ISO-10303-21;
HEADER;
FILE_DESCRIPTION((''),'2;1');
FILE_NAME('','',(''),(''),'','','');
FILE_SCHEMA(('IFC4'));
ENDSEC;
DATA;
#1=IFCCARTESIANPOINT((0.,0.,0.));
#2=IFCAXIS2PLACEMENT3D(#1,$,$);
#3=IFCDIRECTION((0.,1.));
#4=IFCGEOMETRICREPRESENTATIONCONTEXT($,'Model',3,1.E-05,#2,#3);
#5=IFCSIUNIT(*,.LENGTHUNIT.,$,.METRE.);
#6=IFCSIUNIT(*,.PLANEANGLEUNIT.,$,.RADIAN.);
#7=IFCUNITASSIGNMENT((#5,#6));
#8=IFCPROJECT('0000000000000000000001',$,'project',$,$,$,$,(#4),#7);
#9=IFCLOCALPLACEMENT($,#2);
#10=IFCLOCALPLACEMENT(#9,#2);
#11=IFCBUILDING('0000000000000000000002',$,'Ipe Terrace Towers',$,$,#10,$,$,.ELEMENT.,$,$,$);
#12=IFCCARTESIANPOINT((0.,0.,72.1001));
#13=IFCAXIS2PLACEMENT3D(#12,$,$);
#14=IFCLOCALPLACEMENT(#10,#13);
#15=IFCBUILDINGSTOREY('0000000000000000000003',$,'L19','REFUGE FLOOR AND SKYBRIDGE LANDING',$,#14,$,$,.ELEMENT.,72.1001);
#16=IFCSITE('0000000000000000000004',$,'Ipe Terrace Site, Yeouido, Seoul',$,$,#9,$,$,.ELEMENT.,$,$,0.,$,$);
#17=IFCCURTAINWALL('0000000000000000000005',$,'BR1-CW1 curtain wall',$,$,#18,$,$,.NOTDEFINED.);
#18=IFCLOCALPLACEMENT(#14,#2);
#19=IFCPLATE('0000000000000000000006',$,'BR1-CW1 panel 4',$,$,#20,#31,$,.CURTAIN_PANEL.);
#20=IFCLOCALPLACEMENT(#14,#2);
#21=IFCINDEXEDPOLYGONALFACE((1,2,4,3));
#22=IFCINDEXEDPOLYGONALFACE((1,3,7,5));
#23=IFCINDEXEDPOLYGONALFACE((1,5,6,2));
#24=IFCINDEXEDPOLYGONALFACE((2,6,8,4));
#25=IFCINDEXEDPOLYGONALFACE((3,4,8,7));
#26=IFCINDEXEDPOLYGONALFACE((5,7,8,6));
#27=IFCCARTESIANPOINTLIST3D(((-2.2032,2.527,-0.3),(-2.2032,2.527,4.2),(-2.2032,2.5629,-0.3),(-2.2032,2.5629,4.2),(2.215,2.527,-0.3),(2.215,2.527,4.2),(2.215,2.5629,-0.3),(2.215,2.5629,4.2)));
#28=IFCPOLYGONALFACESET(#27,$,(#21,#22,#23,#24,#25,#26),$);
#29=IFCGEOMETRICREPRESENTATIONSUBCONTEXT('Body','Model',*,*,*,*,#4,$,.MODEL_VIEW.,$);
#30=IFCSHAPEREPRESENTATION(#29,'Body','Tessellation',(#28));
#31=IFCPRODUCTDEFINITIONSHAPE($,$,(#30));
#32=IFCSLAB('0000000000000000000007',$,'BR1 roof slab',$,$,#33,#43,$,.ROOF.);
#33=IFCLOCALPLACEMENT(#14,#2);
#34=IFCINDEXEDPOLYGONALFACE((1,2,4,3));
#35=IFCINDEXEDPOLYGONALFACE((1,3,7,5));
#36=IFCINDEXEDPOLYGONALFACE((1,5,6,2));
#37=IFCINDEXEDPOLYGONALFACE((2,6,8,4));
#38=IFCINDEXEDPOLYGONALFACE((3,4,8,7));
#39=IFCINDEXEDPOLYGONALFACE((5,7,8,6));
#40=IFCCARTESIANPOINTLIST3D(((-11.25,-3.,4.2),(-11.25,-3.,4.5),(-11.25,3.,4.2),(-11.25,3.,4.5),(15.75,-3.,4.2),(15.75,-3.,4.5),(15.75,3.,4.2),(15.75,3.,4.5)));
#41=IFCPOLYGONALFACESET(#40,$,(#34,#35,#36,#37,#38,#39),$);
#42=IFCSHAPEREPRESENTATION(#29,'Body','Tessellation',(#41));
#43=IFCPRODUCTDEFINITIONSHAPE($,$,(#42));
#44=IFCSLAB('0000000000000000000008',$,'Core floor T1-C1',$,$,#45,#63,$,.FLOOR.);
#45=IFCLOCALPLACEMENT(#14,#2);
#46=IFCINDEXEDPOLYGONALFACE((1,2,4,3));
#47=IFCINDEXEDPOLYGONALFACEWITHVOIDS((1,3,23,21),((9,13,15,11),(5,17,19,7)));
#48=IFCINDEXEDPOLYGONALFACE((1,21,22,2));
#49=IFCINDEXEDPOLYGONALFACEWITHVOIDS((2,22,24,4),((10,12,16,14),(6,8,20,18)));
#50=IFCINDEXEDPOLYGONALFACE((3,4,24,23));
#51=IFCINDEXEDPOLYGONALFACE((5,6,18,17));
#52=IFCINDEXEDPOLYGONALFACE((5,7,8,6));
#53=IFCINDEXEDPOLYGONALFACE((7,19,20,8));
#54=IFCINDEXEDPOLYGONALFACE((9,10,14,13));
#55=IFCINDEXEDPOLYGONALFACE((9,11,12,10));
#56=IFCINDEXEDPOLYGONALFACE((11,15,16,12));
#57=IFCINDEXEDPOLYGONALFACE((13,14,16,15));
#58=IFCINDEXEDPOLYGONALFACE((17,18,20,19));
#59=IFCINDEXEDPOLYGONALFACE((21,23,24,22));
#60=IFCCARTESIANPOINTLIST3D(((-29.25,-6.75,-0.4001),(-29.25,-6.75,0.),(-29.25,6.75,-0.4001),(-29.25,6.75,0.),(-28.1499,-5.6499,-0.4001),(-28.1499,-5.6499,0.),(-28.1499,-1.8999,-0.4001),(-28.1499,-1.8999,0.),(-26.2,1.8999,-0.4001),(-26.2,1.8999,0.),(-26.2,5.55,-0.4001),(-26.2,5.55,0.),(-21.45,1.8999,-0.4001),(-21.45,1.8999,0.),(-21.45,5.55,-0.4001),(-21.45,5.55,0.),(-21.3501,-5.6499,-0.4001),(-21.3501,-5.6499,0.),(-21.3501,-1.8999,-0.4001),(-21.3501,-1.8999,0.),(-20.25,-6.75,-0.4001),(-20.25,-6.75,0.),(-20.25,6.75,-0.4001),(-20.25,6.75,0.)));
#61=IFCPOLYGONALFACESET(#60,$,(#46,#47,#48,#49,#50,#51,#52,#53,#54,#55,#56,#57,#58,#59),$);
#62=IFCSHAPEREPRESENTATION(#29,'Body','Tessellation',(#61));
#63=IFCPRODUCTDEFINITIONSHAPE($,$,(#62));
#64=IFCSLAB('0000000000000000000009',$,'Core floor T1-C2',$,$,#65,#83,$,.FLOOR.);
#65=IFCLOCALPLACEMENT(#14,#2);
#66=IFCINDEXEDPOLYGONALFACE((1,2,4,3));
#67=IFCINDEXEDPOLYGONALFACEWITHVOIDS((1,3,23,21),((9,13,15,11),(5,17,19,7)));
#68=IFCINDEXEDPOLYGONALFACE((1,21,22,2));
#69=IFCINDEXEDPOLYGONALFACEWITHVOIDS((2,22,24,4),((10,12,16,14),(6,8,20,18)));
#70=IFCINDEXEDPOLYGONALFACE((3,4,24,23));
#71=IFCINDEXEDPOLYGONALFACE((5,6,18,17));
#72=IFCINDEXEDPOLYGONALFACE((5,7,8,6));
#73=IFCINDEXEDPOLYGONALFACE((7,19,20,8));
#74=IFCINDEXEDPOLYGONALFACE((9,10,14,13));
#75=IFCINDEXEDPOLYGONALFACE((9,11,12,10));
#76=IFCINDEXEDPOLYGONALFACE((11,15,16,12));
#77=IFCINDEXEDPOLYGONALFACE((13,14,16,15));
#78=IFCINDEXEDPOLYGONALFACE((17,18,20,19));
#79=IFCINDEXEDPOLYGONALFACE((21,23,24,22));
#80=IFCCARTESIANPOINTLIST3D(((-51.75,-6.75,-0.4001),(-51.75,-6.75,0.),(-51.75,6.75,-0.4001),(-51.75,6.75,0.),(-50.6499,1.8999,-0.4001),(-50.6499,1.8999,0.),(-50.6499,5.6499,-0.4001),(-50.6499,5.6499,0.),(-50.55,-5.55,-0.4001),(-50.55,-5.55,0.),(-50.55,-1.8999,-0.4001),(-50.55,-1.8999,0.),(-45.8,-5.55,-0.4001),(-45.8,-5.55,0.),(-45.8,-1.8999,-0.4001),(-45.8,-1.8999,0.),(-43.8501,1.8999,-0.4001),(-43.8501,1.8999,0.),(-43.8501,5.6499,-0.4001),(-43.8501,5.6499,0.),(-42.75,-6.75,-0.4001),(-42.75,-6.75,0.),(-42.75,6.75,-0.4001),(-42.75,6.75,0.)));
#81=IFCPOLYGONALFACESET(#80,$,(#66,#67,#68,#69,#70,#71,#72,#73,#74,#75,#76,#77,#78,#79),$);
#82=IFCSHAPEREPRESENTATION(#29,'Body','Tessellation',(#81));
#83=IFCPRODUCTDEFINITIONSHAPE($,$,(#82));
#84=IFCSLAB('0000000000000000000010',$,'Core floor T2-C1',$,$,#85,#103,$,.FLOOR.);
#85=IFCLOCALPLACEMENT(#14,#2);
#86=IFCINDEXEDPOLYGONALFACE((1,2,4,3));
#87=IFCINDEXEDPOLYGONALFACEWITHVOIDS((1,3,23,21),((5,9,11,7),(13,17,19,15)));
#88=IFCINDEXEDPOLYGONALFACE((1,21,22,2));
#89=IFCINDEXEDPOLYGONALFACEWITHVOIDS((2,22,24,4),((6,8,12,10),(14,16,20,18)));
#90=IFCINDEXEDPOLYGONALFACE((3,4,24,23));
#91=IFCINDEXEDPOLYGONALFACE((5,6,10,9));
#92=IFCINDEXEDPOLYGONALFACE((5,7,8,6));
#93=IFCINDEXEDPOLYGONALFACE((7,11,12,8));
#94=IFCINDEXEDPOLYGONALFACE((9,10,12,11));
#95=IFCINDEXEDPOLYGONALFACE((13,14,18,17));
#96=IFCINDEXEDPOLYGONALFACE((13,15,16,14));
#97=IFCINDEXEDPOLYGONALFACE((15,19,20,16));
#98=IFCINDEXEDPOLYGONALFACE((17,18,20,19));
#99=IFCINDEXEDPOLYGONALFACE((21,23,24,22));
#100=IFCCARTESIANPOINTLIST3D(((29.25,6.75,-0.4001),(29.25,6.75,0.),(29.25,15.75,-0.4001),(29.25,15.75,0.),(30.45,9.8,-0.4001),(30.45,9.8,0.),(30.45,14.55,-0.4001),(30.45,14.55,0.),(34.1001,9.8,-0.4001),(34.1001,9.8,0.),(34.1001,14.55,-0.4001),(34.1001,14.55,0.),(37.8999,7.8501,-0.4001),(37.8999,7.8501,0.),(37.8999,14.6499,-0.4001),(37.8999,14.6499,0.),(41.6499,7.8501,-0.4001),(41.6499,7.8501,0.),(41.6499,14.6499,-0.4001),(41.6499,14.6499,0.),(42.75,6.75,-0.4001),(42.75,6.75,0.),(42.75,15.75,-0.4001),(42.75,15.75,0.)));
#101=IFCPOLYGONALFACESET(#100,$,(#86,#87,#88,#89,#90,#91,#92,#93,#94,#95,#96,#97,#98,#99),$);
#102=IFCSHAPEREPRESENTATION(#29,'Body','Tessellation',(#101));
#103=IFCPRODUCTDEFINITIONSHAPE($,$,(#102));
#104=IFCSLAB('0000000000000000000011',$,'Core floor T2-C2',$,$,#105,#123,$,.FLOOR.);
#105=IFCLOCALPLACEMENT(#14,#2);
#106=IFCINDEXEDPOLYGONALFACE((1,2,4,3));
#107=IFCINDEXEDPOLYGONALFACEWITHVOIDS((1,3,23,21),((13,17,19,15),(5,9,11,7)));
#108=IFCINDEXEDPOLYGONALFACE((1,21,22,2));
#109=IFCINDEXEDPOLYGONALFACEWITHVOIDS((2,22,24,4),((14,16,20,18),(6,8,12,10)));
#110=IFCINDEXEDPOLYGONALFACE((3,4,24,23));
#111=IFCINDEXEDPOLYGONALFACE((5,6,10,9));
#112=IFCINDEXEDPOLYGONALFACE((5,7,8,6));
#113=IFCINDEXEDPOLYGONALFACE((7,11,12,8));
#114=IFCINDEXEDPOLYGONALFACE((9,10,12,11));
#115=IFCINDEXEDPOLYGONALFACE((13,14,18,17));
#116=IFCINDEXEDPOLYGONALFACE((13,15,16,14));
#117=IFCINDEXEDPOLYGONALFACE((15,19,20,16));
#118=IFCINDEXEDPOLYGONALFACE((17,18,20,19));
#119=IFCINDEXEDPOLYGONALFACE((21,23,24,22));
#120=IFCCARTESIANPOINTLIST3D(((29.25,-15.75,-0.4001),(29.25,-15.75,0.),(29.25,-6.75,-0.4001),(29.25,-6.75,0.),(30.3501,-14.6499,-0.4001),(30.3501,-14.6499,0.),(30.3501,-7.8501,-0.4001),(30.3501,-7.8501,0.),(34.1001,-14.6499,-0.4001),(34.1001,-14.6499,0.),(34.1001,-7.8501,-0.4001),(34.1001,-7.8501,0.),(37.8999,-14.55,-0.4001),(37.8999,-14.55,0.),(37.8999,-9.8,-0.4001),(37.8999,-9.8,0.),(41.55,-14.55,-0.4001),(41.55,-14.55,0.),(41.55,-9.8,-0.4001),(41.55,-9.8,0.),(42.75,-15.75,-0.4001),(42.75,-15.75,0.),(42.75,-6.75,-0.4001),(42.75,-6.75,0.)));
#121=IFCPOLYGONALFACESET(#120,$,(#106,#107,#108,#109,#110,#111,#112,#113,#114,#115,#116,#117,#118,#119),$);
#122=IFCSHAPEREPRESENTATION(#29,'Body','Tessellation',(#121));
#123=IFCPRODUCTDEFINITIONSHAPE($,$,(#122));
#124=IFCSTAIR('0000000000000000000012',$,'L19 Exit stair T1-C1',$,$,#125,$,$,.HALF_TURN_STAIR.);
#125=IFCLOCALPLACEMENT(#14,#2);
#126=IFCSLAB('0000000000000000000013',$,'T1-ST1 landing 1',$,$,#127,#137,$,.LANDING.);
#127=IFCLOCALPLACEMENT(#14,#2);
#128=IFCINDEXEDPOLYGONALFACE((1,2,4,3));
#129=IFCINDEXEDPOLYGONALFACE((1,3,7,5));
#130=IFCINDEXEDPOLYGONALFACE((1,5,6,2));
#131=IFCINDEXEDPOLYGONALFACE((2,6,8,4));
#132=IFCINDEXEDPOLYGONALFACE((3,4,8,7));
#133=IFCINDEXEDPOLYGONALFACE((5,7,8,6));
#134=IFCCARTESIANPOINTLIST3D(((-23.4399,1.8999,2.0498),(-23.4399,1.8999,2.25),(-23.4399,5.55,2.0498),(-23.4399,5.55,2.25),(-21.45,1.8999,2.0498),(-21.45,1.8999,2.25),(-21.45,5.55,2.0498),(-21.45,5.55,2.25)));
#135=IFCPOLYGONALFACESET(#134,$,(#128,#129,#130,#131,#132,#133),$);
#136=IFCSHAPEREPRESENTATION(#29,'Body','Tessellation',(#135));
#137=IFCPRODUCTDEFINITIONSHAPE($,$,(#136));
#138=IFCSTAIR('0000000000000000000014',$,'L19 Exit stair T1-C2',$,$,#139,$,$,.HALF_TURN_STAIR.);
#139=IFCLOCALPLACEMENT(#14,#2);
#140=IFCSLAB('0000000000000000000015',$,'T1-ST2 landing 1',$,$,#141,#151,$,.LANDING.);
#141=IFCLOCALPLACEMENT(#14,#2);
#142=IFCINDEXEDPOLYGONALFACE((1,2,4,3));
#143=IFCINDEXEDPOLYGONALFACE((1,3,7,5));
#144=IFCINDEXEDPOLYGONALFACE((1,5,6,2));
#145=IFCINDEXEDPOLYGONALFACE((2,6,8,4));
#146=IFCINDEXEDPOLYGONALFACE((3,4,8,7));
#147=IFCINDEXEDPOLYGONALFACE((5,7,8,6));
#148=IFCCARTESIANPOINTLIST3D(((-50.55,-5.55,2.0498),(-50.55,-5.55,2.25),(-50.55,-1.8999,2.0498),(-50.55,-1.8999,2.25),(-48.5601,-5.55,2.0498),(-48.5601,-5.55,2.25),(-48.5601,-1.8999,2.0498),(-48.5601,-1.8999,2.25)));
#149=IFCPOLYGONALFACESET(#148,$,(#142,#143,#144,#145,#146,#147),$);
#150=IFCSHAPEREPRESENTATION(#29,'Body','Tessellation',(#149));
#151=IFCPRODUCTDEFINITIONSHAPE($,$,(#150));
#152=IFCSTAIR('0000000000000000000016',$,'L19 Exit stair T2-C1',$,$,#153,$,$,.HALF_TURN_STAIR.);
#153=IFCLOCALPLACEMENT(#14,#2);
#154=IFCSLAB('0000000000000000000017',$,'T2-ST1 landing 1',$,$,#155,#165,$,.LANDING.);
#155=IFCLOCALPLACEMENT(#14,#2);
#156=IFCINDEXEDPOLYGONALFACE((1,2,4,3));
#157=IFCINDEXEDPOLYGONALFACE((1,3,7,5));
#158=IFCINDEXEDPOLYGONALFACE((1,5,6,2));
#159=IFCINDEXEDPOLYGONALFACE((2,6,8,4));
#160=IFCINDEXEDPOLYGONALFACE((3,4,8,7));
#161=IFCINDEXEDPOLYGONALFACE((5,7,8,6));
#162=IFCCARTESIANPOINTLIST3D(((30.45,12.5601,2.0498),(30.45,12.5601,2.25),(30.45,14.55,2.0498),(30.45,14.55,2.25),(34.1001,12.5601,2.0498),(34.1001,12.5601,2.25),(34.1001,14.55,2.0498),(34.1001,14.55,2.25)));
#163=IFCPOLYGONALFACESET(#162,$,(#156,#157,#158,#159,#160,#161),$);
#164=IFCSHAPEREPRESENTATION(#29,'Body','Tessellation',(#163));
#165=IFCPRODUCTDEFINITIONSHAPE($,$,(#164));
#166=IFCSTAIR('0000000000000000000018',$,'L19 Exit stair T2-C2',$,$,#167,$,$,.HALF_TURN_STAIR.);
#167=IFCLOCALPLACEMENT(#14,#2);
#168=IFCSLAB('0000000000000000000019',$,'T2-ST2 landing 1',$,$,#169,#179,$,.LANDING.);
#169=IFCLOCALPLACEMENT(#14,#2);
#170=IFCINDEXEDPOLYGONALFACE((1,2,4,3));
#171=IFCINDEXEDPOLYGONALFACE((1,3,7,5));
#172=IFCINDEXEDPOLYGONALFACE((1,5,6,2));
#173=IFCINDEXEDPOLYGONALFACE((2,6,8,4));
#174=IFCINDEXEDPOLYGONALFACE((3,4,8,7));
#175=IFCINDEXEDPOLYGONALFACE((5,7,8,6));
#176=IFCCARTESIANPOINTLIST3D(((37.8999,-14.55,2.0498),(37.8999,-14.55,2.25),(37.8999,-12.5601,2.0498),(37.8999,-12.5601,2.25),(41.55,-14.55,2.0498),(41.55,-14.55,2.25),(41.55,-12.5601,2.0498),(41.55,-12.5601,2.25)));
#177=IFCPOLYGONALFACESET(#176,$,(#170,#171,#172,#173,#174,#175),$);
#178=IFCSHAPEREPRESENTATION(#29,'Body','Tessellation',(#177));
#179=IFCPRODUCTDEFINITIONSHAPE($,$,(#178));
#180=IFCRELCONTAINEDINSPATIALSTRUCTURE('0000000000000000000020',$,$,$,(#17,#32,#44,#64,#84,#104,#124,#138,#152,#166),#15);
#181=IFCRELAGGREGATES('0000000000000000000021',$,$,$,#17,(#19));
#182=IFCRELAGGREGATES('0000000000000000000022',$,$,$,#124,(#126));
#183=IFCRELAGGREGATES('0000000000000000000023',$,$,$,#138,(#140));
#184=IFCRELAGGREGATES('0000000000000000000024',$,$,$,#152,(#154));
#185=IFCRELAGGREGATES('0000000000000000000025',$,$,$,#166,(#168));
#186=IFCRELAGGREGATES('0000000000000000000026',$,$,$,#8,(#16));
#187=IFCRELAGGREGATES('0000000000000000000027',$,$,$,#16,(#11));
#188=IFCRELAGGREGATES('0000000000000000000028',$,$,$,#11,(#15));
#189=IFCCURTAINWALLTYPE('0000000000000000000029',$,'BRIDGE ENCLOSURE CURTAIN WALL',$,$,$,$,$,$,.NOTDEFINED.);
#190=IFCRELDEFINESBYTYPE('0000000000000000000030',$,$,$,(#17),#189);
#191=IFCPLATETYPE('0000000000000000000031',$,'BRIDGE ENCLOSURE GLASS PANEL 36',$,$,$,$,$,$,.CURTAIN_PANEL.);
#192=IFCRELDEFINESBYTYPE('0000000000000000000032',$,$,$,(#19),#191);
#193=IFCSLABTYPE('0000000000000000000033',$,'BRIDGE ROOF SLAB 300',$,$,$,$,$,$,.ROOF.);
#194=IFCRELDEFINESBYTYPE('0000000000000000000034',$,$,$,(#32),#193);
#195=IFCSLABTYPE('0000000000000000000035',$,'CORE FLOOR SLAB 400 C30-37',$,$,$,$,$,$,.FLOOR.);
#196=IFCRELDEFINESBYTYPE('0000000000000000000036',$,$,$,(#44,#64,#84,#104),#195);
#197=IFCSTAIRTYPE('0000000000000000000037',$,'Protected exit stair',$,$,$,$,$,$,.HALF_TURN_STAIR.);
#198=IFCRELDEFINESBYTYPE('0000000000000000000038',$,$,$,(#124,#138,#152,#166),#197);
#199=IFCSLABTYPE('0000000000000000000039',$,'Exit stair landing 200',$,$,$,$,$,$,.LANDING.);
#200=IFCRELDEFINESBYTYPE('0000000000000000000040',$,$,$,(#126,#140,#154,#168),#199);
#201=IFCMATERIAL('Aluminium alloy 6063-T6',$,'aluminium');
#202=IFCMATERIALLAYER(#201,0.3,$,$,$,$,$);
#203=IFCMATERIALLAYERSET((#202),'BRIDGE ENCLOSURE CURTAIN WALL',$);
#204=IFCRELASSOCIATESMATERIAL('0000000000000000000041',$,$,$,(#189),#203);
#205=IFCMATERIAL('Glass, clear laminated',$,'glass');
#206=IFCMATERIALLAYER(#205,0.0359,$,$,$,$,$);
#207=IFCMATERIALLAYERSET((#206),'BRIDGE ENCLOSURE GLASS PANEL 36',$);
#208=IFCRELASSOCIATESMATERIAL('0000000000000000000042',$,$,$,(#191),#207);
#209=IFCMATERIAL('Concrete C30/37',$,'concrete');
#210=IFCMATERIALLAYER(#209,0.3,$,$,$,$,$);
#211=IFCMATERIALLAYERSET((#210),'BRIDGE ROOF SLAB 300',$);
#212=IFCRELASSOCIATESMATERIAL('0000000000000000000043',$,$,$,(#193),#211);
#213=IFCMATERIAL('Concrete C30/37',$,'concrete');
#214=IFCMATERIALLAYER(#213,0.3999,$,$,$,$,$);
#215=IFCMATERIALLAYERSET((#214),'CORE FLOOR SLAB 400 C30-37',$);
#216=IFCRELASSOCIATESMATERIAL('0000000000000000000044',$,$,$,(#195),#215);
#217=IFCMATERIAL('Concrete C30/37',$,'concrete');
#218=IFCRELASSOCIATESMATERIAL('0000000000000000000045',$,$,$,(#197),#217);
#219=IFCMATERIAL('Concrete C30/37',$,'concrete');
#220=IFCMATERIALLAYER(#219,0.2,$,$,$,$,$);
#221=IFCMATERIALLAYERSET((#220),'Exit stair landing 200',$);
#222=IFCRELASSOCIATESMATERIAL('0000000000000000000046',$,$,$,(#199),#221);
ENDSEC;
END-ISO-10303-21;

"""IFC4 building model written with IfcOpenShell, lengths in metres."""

from ifc_helpers import new_model, si_unit, direction, frame, origin, origin_2d, place, context, subcontext, project, spatial, polyline, rectangle, outline, extrude, material, layer, layer_set, type_object, element, aggregate, save


model = new_model("IFC4")

# Units and contexts
model_context = context("Model", 3, precision=1e-05, world=origin(), true_north=direction((0.0, 1.0)))
body_context = subcontext(model_context, "Body", "Model", "MODEL_VIEW")
ifc_project = project(units=[si_unit("LENGTHUNIT", "METRE"), si_unit("PLANEANGLEUNIT", "RADIAN")], contexts=[model_context])

# Site, building, storey
site_placement = place(None, origin())
site = spatial("IfcSite", under=ifc_project, at=site_placement, Name="Ipe Terrace Site, Yeouido, Seoul", CompositionType="ELEMENT", RefElevation=0.0)
building_placement = place(site_placement, origin())
building = spatial("IfcBuilding", under=site, at=building_placement, Name="Ipe Terrace Towers", CompositionType="ELEMENT")
storey_placement = place(building_placement, frame((0.0, 0.0, 72.1001)))
storey = spatial("IfcBuildingStorey", under=building, at=storey_placement, Name="L19", Description="REFUGE FLOOR AND SKYBRIDGE LANDING", CompositionType="ELEMENT", Elevation=72.1001)

# Curtain wall
ifc_material_1 = material(Name="Aluminium alloy 6063-T6", Category="aluminium")
ifc_layer_1 = layer(ifc_material_1, 0.3)
ifc_layer_set_1 = layer_set([ifc_layer_1], Name="BRIDGE ENCLOSURE CURTAIN WALL")
curtain_wall_type = type_object("IfcCurtainWallType", Name="BRIDGE ENCLOSURE CURTAIN WALL", PredefinedType="NOTDEFINED", material=ifc_layer_set_1)
curtain_wall_placement = place(storey_placement, origin())
curtain_wall = element("IfcCurtainWall", 1, at=curtain_wall_placement, inside=storey, type_object=curtain_wall_type, Name="BR1-CW1 curtain wall", PredefinedType="NOTDEFINED")

# Plate
ifc_material_2 = material(Name="Glass, clear laminated", Category="glass")
ifc_layer_2 = layer(ifc_material_2, 0.0359)
ifc_layer_set_2 = layer_set([ifc_layer_2], Name="BRIDGE ENCLOSURE GLASS PANEL 36")
plate_type = type_object("IfcPlateType", Name="BRIDGE ENCLOSURE GLASS PANEL 36", PredefinedType="CURTAIN_PANEL", material=ifc_layer_set_2)
plate_placement = place(storey_placement, frame((0.0059, 2.5449, -0.3), z_axis=(0.0, 0.0, 1.0), x_axis=(-1.0, 0.0, 0.0)))
plate = element("IfcPlate", 2, at=plate_placement, type_object=plate_type, Name="BR1-CW1 panel 4", PredefinedType="CURTAIN_PANEL", context=body_context, shape_type="SweptSolid", body=[
    extrude(rectangle(XDim=4.4182, YDim=0.0359, at=origin_2d()), origin(), (0.0, 0.0, 1.0), 4.5),
])
aggregate(curtain_wall, [plate])

# Slabs
ifc_material_3 = material(Name="Concrete C30/37", Category="concrete")
ifc_layer_3 = layer(ifc_material_3, 0.3)
ifc_layer_set_3 = layer_set([ifc_layer_3], Name="BRIDGE ROOF SLAB 300")
slab_type_1 = type_object("IfcSlabType", Name="BRIDGE ROOF SLAB 300", PredefinedType="ROOF", material=ifc_layer_set_3)
slab_1_placement = place(storey_placement, frame((0.0, 0.0, 4.2)))
element("IfcSlab", 3, at=slab_1_placement, inside=storey, type_object=slab_type_1, Name="BR1 roof slab", PredefinedType="ROOF", context=body_context, shape_type="SweptSolid", body=[
    extrude(outline(polyline([(-11.25, -3.0), (15.75, -3.0), (15.75, 3.0), (-11.25, 3.0), (-11.25, -3.0)])), origin(), (0.0, 0.0, 1.0), 0.3),
])
ifc_material_4 = material(Name="Concrete C30/37", Category="concrete")
ifc_layer_4 = layer(ifc_material_4, 0.3999)
ifc_layer_set_4 = layer_set([ifc_layer_4], Name="CORE FLOOR SLAB 400 C30-37")
slab_type_2 = type_object("IfcSlabType", Name="CORE FLOOR SLAB 400 C30-37", PredefinedType="FLOOR", material=ifc_layer_set_4)
slab_2_placement = place(storey_placement, frame((0.0, 0.0, -0.4001)))
element("IfcSlab", 4, at=slab_2_placement, inside=storey, type_object=slab_type_2, Name="Core floor T1-C1", PredefinedType="FLOOR", context=body_context, shape_type="SweptSolid", body=[
    extrude(outline(polyline([(-29.25, -6.75), (-29.25, 6.75), (-20.25, 6.75), (-20.25, -6.75), (-29.25, -6.75)]), holes=[polyline([(-28.1499, -5.6499), (-21.3501, -5.6499), (-21.3501, -1.8999), (-28.1499, -1.8999), (-28.1499, -5.6499)]), polyline([(-26.2, 5.55), (-26.2, 1.8999), (-21.45, 1.8999), (-21.45, 5.55), (-26.2, 5.55)])]), origin(), (0.0, 0.0, 1.0), 0.4001),
])
slab_3_placement = place(storey_placement, frame((0.0, 0.0, -0.4001)))
element("IfcSlab", 5, at=slab_3_placement, inside=storey, type_object=slab_type_2, Name="Core floor T1-C2", PredefinedType="FLOOR", context=body_context, shape_type="SweptSolid", body=[
    extrude(outline(polyline([(-51.75, -6.75), (-51.75, 6.75), (-42.75, 6.75), (-42.75, -6.75), (-51.75, -6.75)]), holes=[polyline([(-45.8, -5.55), (-45.8, -1.8999), (-50.55, -1.8999), (-50.55, -5.55), (-45.8, -5.55)]), polyline([(-50.6499, 1.8999), (-43.8501, 1.8999), (-43.8501, 5.6499), (-50.6499, 5.6499), (-50.6499, 1.8999)])]), origin(), (0.0, 0.0, 1.0), 0.4001),
])
slab_4_placement = place(storey_placement, frame((0.0, 0.0, -0.4001)))
element("IfcSlab", 6, at=slab_4_placement, inside=storey, type_object=slab_type_2, Name="Core floor T2-C1", PredefinedType="FLOOR", context=body_context, shape_type="SweptSolid", body=[
    extrude(outline(polyline([(29.25, 6.75), (29.25, 15.75), (42.75, 15.75), (42.75, 6.75), (29.25, 6.75)]), holes=[polyline([(41.6499, 7.8501), (41.6499, 14.6499), (37.8999, 14.6499), (37.8999, 7.8501), (41.6499, 7.8501)]), polyline([(30.45, 9.8), (34.1001, 9.8), (34.1001, 14.55), (30.45, 14.55), (30.45, 9.8)])]), origin(), (0.0, 0.0, 1.0), 0.4001),
])
slab_5_placement = place(storey_placement, frame((0.0, 0.0, -0.4001)))
element("IfcSlab", 7, at=slab_5_placement, inside=storey, type_object=slab_type_2, Name="Core floor T2-C2", PredefinedType="FLOOR", context=body_context, shape_type="SweptSolid", body=[
    extrude(outline(polyline([(29.25, -15.75), (29.25, -6.75), (42.75, -6.75), (42.75, -15.75), (29.25, -15.75)]), holes=[polyline([(34.1001, -14.6499), (34.1001, -7.8501), (30.3501, -7.8501), (30.3501, -14.6499), (34.1001, -14.6499)]), polyline([(41.55, -9.8), (37.8999, -9.8), (37.8999, -14.55), (41.55, -14.55), (41.55, -9.8)])]), origin(), (0.0, 0.0, 1.0), 0.4001),
])

# Stairs, slabs
ifc_material_5 = material(Name="Concrete C30/37", Category="concrete")
stair_type = type_object("IfcStairType", Name="Protected exit stair", PredefinedType="HALF_TURN_STAIR", material=ifc_material_5)
stair_1_placement = place(storey_placement, origin())
stair_1 = element("IfcStair", 8, at=stair_1_placement, inside=storey, type_object=stair_type, Name="L19 Exit stair T1-C1", PredefinedType="HALF_TURN_STAIR")
ifc_material_6 = material(Name="Concrete C30/37", Category="concrete")
ifc_layer_5 = layer(ifc_material_6, 0.2)
ifc_layer_set_5 = layer_set([ifc_layer_5], Name="Exit stair landing 200")
slab_type_3 = type_object("IfcSlabType", Name="Exit stair landing 200", PredefinedType="LANDING", material=ifc_layer_set_5)
slab_6_placement = place(storey_placement, frame((0.0, 0.0, 2.0498)))
slab_6 = element("IfcSlab", 9, at=slab_6_placement, type_object=slab_type_3, Name="T1-ST1 landing 1", PredefinedType="LANDING", context=body_context, shape_type="SweptSolid", body=[
    extrude(outline(polyline([(-23.4399, 1.8999), (-21.45, 1.8999), (-21.45, 5.55), (-23.4399, 5.55), (-23.4399, 1.8999)])), origin(), (0.0, 0.0, 1.0), 0.2002),
])
aggregate(stair_1, [slab_6])
stair_2_placement = place(storey_placement, origin())
stair_2 = element("IfcStair", 10, at=stair_2_placement, inside=storey, type_object=stair_type, Name="L19 Exit stair T1-C2", PredefinedType="HALF_TURN_STAIR")
slab_7_placement = place(storey_placement, frame((0.0, 0.0, 2.0498)))
slab_7 = element("IfcSlab", 11, at=slab_7_placement, type_object=slab_type_3, Name="T1-ST2 landing 1", PredefinedType="LANDING", context=body_context, shape_type="SweptSolid", body=[
    extrude(outline(polyline([(-48.5601, -1.8999), (-50.55, -1.8999), (-50.55, -5.55), (-48.5601, -5.55), (-48.5601, -1.8999)])), origin(), (0.0, 0.0, 1.0), 0.2002),
])
aggregate(stair_2, [slab_7])
stair_3_placement = place(storey_placement, origin())
stair_3 = element("IfcStair", 12, at=stair_3_placement, inside=storey, type_object=stair_type, Name="L19 Exit stair T2-C1", PredefinedType="HALF_TURN_STAIR")
slab_8_placement = place(storey_placement, frame((0.0, 0.0, 2.0498)))
slab_8 = element("IfcSlab", 13, at=slab_8_placement, type_object=slab_type_3, Name="T2-ST1 landing 1", PredefinedType="LANDING", context=body_context, shape_type="SweptSolid", body=[
    extrude(outline(polyline([(34.1001, 12.5601), (34.1001, 14.55), (30.45, 14.55), (30.45, 12.5601), (34.1001, 12.5601)])), origin(), (0.0, 0.0, 1.0), 0.2002),
])
aggregate(stair_3, [slab_8])
stair_4_placement = place(storey_placement, origin())
stair_4 = element("IfcStair", 14, at=stair_4_placement, inside=storey, type_object=stair_type, Name="L19 Exit stair T2-C2", PredefinedType="HALF_TURN_STAIR")
slab_9_placement = place(storey_placement, frame((0.0, 0.0, 2.0498)))
slab_9 = element("IfcSlab", 15, at=slab_9_placement, type_object=slab_type_3, Name="T2-ST2 landing 1", PredefinedType="LANDING", context=body_context, shape_type="SweptSolid", body=[
    extrude(outline(polyline([(37.8999, -12.5601), (37.8999, -14.55), (41.55, -14.55), (41.55, -12.5601), (37.8999, -12.5601)])), origin(), (0.0, 0.0, 1.0), 0.2002),
])
aggregate(stair_4, [slab_9])

save(model, "model.ifc")
